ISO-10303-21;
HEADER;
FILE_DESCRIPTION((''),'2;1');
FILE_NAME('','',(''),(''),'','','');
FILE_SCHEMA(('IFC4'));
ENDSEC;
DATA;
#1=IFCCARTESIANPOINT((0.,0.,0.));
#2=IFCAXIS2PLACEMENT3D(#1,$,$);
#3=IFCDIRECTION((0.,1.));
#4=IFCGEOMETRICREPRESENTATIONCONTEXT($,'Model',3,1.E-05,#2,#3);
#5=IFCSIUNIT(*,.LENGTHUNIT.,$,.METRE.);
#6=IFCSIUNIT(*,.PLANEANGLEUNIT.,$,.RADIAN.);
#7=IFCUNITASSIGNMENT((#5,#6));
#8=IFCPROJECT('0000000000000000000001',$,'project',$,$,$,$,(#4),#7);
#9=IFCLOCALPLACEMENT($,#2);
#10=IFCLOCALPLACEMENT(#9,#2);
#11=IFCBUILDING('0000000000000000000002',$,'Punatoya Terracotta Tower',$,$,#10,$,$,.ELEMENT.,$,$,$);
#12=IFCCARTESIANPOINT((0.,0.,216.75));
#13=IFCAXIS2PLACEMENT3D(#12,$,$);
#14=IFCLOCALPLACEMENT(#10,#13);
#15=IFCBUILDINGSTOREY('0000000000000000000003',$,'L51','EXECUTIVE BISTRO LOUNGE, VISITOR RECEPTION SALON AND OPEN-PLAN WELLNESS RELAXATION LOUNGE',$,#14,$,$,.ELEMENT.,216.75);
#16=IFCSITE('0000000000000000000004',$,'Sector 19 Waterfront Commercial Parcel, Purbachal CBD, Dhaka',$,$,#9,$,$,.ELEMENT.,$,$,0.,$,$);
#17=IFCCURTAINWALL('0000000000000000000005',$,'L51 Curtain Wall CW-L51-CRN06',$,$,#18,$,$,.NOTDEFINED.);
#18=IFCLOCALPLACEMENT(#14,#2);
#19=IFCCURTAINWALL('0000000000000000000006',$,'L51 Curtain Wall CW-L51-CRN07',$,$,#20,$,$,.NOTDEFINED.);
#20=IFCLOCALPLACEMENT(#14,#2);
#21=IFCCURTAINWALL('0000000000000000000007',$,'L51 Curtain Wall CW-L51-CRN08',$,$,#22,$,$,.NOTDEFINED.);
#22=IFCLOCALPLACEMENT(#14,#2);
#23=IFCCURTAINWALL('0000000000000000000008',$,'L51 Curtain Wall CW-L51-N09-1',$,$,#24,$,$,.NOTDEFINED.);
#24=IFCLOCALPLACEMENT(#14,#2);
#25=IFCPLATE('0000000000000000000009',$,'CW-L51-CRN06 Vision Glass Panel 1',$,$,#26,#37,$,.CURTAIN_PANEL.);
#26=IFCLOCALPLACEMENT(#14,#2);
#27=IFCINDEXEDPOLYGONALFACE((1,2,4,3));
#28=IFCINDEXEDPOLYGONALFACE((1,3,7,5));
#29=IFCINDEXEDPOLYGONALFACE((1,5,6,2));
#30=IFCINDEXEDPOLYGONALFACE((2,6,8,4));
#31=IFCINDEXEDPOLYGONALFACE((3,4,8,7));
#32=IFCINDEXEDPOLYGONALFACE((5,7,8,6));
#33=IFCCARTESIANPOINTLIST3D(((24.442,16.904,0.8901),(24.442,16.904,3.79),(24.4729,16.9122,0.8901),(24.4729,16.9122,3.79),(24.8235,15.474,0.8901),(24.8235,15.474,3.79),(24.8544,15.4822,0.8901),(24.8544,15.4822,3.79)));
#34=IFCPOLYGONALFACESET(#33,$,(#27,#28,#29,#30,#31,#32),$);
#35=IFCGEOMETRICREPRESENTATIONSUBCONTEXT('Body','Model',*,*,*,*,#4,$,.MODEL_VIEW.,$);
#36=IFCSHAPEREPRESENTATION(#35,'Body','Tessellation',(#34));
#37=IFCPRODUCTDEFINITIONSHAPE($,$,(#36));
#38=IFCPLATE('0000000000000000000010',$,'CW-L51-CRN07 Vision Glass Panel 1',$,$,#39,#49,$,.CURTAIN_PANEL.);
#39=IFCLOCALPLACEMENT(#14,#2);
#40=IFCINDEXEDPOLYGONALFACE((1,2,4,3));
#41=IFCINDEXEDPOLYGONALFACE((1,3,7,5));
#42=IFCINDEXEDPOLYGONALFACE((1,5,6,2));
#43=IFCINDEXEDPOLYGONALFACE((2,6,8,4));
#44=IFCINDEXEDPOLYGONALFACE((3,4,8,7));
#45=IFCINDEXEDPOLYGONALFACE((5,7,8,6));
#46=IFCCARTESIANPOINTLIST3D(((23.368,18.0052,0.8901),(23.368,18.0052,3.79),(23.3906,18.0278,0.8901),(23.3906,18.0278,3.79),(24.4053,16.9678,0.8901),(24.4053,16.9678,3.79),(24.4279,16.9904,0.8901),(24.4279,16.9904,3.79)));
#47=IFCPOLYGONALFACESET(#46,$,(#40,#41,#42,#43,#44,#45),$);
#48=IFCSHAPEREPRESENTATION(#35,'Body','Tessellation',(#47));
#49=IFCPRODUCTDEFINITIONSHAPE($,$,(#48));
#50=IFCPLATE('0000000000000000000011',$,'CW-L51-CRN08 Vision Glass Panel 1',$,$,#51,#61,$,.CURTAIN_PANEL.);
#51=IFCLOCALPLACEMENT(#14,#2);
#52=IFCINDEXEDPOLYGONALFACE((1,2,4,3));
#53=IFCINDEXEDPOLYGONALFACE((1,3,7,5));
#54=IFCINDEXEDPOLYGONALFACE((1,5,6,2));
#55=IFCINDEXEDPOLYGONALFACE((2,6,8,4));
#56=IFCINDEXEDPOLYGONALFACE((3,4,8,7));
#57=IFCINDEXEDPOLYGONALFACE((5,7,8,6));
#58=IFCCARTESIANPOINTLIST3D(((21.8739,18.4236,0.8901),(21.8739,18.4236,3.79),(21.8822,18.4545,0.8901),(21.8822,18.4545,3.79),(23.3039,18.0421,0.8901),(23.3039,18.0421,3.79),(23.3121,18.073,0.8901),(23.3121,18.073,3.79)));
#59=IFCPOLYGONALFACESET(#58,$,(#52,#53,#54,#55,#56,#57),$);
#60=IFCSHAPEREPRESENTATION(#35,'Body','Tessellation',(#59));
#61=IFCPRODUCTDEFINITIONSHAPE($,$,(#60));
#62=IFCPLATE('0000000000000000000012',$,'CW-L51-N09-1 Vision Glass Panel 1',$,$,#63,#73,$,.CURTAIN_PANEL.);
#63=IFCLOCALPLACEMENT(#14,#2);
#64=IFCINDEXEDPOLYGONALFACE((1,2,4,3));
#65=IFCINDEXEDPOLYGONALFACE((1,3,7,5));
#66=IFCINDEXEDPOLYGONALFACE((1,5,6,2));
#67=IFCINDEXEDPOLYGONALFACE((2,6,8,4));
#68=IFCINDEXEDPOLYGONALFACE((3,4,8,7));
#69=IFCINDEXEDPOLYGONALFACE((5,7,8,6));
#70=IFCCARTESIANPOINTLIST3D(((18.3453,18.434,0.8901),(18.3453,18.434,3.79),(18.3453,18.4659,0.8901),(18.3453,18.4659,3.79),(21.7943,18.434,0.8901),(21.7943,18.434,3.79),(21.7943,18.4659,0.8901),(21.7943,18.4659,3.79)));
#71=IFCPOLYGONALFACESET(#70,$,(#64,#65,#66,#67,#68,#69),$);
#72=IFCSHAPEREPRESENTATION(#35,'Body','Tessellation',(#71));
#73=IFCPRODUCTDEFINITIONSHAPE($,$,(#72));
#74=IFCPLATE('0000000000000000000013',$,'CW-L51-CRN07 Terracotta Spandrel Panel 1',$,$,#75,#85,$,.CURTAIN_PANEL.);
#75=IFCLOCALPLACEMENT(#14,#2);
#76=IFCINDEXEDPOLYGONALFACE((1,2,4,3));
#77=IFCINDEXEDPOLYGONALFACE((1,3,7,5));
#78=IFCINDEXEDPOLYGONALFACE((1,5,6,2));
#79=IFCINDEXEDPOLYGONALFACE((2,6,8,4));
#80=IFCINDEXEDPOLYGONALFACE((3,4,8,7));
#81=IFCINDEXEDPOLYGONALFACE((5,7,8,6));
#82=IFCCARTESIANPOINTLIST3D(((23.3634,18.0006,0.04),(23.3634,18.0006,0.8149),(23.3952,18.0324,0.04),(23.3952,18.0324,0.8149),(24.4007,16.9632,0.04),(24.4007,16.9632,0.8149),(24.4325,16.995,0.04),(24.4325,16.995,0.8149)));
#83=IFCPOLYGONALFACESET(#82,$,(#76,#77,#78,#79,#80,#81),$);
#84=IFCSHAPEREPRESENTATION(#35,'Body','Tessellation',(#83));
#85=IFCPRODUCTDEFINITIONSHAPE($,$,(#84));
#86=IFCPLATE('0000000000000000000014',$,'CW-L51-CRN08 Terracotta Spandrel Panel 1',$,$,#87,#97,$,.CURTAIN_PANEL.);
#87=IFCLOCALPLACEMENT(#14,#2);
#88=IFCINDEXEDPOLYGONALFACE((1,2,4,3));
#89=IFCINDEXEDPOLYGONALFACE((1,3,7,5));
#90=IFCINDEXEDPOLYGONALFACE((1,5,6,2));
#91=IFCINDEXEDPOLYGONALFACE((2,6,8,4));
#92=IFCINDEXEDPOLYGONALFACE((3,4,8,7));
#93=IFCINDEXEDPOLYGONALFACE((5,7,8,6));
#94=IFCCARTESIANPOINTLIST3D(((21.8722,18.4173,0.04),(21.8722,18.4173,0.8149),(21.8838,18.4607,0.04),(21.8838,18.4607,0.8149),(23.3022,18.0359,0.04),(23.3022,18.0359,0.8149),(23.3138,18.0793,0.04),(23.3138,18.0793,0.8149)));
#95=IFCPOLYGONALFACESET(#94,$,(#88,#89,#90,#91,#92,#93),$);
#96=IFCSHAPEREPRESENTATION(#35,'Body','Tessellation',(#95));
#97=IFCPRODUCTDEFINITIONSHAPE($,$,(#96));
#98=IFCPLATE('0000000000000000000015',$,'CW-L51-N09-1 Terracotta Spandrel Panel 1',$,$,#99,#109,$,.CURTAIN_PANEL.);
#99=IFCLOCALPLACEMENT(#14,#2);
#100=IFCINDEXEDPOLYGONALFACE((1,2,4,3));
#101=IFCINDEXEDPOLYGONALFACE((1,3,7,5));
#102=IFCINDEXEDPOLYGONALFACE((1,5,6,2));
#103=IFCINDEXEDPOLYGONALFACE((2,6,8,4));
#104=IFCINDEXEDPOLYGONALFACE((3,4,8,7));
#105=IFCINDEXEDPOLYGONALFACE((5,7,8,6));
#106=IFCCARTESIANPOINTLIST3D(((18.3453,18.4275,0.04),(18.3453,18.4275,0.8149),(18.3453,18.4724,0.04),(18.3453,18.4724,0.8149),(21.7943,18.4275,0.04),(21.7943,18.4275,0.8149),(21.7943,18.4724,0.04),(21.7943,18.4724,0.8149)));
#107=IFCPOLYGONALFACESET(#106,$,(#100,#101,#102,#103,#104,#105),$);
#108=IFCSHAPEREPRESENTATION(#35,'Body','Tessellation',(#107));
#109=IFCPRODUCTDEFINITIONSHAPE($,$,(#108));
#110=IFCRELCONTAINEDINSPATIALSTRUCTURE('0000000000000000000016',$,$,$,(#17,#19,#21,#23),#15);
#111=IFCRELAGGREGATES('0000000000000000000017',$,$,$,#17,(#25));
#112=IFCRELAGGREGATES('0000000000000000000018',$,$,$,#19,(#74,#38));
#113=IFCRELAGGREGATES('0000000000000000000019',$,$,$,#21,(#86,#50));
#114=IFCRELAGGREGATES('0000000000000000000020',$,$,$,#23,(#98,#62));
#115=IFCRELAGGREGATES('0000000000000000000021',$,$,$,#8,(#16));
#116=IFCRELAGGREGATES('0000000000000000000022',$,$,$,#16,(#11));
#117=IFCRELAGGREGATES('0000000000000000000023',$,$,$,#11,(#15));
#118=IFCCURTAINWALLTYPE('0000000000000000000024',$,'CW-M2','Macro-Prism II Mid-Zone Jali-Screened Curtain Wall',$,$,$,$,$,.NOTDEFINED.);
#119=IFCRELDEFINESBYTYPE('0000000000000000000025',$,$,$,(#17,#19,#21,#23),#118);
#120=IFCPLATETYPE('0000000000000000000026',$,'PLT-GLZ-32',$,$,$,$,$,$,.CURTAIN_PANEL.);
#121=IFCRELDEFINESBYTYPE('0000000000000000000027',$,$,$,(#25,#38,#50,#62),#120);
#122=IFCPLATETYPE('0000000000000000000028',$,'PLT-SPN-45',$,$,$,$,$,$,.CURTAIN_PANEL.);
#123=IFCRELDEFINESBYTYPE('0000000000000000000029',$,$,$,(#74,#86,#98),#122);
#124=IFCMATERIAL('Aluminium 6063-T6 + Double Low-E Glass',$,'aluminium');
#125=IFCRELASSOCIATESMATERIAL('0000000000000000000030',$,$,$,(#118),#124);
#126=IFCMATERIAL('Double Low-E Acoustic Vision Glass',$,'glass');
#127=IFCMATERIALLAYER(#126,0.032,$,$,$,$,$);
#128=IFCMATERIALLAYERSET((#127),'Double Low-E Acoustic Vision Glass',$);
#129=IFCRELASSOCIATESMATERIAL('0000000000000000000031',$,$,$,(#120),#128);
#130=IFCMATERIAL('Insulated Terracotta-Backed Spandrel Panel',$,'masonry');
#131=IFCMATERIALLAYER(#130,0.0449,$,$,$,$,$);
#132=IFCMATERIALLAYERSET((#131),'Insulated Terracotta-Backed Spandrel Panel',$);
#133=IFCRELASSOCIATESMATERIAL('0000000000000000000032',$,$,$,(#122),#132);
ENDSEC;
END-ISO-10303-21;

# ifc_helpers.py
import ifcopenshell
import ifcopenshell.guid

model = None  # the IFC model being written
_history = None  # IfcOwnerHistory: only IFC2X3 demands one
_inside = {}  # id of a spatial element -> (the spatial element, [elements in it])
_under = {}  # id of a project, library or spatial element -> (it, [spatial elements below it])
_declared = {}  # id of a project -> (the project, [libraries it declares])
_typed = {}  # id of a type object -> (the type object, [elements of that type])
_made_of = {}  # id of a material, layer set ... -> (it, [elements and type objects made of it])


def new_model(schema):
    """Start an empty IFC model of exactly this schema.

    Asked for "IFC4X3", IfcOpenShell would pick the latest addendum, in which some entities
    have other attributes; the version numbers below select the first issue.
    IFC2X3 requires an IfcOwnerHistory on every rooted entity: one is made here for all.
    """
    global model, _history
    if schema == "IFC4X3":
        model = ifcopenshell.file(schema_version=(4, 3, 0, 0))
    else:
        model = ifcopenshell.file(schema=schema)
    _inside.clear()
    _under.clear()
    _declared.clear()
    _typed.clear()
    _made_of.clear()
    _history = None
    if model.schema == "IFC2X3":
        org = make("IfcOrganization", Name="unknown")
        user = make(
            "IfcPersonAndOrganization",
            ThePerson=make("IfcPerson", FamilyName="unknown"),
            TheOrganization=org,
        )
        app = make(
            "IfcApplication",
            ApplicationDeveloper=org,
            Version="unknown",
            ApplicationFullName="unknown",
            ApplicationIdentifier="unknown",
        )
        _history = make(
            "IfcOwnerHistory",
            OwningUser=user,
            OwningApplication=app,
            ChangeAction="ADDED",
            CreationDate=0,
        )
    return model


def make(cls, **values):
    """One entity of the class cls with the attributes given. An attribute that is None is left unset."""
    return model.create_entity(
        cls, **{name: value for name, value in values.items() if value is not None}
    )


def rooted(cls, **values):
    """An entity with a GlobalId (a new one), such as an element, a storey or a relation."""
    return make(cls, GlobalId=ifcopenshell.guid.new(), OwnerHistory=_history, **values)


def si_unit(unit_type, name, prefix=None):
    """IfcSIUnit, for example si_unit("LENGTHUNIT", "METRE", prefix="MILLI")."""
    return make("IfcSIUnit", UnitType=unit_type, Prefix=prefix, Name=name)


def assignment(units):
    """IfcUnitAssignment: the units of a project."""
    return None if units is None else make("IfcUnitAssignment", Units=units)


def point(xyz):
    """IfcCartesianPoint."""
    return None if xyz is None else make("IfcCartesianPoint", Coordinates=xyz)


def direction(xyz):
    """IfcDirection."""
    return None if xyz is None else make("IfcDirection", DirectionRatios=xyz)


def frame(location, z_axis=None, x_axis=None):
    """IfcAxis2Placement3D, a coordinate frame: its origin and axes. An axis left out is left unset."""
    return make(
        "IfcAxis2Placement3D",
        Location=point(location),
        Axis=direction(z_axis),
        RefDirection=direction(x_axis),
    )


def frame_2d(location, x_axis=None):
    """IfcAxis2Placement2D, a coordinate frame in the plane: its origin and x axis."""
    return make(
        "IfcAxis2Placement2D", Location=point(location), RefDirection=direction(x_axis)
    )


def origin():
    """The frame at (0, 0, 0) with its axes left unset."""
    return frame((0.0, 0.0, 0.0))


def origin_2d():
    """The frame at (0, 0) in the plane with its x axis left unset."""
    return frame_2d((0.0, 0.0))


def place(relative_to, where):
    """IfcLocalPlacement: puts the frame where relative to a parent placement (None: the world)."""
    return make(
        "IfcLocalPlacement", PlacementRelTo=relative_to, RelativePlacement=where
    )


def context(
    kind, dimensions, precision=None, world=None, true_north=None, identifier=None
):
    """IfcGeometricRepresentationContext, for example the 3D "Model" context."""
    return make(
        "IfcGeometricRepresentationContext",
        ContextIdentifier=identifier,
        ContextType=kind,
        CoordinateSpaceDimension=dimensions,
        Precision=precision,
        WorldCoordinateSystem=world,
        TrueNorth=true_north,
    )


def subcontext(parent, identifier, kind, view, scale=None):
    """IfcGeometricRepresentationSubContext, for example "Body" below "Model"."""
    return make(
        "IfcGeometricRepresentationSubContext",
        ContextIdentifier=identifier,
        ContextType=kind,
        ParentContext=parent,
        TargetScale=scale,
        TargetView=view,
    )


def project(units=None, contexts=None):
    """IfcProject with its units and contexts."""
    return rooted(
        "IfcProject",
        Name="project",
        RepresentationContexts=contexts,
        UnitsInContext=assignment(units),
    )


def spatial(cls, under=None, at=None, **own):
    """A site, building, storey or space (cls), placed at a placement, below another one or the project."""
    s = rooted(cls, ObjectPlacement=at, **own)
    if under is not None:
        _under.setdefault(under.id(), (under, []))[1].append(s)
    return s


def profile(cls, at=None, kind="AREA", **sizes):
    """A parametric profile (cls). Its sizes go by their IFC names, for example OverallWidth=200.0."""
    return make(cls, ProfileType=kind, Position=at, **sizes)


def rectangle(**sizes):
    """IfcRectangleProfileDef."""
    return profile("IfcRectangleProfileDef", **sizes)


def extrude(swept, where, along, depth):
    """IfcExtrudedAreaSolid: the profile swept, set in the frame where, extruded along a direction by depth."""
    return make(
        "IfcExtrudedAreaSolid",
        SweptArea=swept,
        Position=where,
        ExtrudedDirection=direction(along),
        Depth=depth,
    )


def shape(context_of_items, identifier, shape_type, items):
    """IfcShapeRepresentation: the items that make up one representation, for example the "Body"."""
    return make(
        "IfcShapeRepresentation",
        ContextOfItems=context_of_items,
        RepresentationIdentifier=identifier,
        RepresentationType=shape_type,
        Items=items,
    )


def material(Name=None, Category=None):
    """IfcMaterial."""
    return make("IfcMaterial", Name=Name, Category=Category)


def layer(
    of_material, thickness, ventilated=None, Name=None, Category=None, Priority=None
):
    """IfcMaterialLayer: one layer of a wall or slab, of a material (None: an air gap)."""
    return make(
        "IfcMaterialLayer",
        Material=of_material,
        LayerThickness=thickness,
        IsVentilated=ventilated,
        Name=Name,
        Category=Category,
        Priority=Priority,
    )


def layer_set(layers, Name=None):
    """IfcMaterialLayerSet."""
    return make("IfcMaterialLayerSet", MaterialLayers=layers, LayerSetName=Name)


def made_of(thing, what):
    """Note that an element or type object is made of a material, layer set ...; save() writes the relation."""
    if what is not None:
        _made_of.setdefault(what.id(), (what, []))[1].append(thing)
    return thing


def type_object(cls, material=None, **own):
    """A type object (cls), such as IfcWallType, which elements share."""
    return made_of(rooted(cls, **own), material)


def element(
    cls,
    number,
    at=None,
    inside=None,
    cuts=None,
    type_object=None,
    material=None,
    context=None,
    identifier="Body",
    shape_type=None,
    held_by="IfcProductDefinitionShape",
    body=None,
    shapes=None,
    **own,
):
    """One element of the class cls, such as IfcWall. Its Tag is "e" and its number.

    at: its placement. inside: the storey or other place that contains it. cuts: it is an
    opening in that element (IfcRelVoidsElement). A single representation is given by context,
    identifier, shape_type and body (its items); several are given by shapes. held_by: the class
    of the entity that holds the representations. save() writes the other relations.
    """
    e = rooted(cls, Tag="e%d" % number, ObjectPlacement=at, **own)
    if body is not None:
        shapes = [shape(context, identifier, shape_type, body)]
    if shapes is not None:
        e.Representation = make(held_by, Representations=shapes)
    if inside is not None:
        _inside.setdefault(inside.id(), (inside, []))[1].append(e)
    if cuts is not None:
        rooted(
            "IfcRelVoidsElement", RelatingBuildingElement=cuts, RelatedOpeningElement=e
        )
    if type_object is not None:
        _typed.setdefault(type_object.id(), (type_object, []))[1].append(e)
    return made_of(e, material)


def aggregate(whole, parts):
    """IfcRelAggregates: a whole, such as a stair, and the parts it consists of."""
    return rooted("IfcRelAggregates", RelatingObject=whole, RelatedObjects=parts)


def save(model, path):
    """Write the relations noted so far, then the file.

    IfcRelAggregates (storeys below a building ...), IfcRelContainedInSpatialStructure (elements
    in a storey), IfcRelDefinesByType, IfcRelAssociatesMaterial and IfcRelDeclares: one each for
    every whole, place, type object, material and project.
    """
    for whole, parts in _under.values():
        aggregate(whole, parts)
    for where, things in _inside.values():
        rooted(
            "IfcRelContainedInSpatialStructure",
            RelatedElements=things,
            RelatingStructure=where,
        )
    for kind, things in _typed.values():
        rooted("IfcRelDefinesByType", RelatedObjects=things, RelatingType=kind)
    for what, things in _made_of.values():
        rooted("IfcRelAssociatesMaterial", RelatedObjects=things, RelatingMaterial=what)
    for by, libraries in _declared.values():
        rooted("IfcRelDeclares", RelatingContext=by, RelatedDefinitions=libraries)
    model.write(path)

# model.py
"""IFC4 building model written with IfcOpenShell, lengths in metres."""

from ifc_helpers import new_model, si_unit, direction, frame, origin, origin_2d, place, context, subcontext, project, spatial, rectangle, extrude, material, layer, layer_set, type_object, element, aggregate, save


model = new_model("IFC4")

# Units and contexts
model_context = context("Model", 3, precision=1e-05, world=origin(), true_north=direction((0.0, 1.0)))
body_context = subcontext(model_context, "Body", "Model", "MODEL_VIEW")
ifc_project = project(units=[si_unit("LENGTHUNIT", "METRE"), si_unit("PLANEANGLEUNIT", "RADIAN")], contexts=[model_context])

# Site, building, storey
site_placement = place(None, origin())
site = spatial("IfcSite", under=ifc_project, at=site_placement, Name="Sector 19 Waterfront Commercial Parcel, Purbachal CBD, Dhaka", CompositionType="ELEMENT", RefElevation=0.0)
building_placement = place(site_placement, origin())
building = spatial("IfcBuilding", under=site, at=building_placement, Name="Punatoya Terracotta Tower", CompositionType="ELEMENT")
storey_placement = place(building_placement, frame((0.0, 0.0, 216.75)))
storey = spatial("IfcBuildingStorey", under=building, at=storey_placement, Name="L51", Description="EXECUTIVE BISTRO LOUNGE, VISITOR RECEPTION SALON AND OPEN-PLAN WELLNESS RELAXATION LOUNGE", CompositionType="ELEMENT", Elevation=216.75)

# Curtain wall
ifc_material_1 = material(Name="Aluminium 6063-T6 + Double Low-E Glass", Category="aluminium")
curtain_wall_type = type_object("IfcCurtainWallType", Name="CW-M2", Description="Macro-Prism II Mid-Zone Jali-Screened Curtain Wall", PredefinedType="NOTDEFINED", material=ifc_material_1)
curtain_wall_1_placement = place(storey_placement, origin())
curtain_wall_1 = element("IfcCurtainWall", 1, at=curtain_wall_1_placement, inside=storey, type_object=curtain_wall_type, Name="L51 Curtain Wall CW-L51-CRN06", PredefinedType="NOTDEFINED")

# Curtain walls
curtain_wall_2_placement = place(storey_placement, origin())
curtain_wall_2 = element("IfcCurtainWall", 2, at=curtain_wall_2_placement, inside=storey, type_object=curtain_wall_type, Name="L51 Curtain Wall CW-L51-CRN07", PredefinedType="NOTDEFINED")
curtain_wall_3_placement = place(storey_placement, origin())
curtain_wall_3 = element("IfcCurtainWall", 3, at=curtain_wall_3_placement, inside=storey, type_object=curtain_wall_type, Name="L51 Curtain Wall CW-L51-CRN08", PredefinedType="NOTDEFINED")

# Curtain wall
curtain_wall_4_placement = place(storey_placement, origin())
curtain_wall_4 = element("IfcCurtainWall", 4, at=curtain_wall_4_placement, inside=storey, type_object=curtain_wall_type, Name="L51 Curtain Wall CW-L51-N09-1", PredefinedType="NOTDEFINED")

# Plates
ifc_material_2 = material(Name="Double Low-E Acoustic Vision Glass", Category="glass")
ifc_layer_1 = layer(ifc_material_2, 0.032)
ifc_layer_set_1 = layer_set([ifc_layer_1], Name="Double Low-E Acoustic Vision Glass")
plate_type_1 = type_object("IfcPlateType", Name="PLT-GLZ-32", PredefinedType="CURTAIN_PANEL", material=ifc_layer_set_1)
plate_1_placement = place(storey_placement, frame((24.6482, 16.1931, 0.8901), z_axis=(0.0, 0.0, 1.0), x_axis=(-0.257742, 0.966214, 0.0)))
plate_1 = element("IfcPlate", 5, at=plate_1_placement, type_object=plate_type_1, Name="CW-L51-CRN06 Vision Glass Panel 1", PredefinedType="CURTAIN_PANEL", context=body_context, shape_type="SweptSolid", body=[
    extrude(rectangle(XDim=1.48, YDim=0.032, at=origin_2d()), origin(), (0.0, 0.0, 1.0), 2.8999),
])
aggregate(curtain_wall_1, [plate_1])
plate_2_placement = place(storey_placement, frame((23.8979, 17.4978, 0.8901), z_axis=(0.0, 0.0, 1.0), x_axis=(-0.707107, 0.707107, 0.0)))
plate_2 = element("IfcPlate", 6, at=plate_2_placement, type_object=plate_type_1, Name="CW-L51-CRN07 Vision Glass Panel 1", PredefinedType="CURTAIN_PANEL", context=body_context, shape_type="SweptSolid", body=[
    extrude(rectangle(XDim=1.467, YDim=0.032, at=origin_2d()), origin(), (0.0, 0.0, 1.0), 2.8999),
])
plate_3_placement = place(storey_placement, frame((22.593, 18.2483, 0.8901), z_axis=(0.0, 0.0, 1.0), x_axis=(-0.966214, 0.257742, 0.0)))
plate_3 = element("IfcPlate", 7, at=plate_3_placement, type_object=plate_type_1, Name="CW-L51-CRN08 Vision Glass Panel 1", PredefinedType="CURTAIN_PANEL", context=body_context, shape_type="SweptSolid", body=[
    extrude(rectangle(XDim=1.48, YDim=0.032, at=origin_2d()), origin(), (0.0, 0.0, 1.0), 2.8999),
])
plate_4_placement = place(storey_placement, frame((20.0698, 18.45, 0.8901), z_axis=(0.0, 0.0, 1.0), x_axis=(-1.0, 0.0, 0.0)))
plate_4 = element("IfcPlate", 8, at=plate_4_placement, type_object=plate_type_1, Name="CW-L51-N09-1 Vision Glass Panel 1", PredefinedType="CURTAIN_PANEL", context=body_context, shape_type="SweptSolid", body=[
    extrude(rectangle(XDim=3.449, YDim=0.032, at=origin_2d()), origin(), (0.0, 0.0, 1.0), 2.8999),
])
ifc_material_3 = material(Name="Insulated Terracotta-Backed Spandrel Panel", Category="masonry")
ifc_layer_2 = layer(ifc_material_3, 0.0449)
ifc_layer_set_2 = layer_set([ifc_layer_2], Name="Insulated Terracotta-Backed Spandrel Panel")
plate_type_2 = type_object("IfcPlateType", Name="PLT-SPN-45", PredefinedType="CURTAIN_PANEL", material=ifc_layer_set_2)
plate_5_placement = place(storey_placement, frame((23.8979, 17.4978, 0.04), z_axis=(0.0, 0.0, 1.0), x_axis=(-0.707107, 0.707107, 0.0)))
plate_5 = element("IfcPlate", 9, at=plate_5_placement, type_object=plate_type_2, Name="CW-L51-CRN07 Terracotta Spandrel Panel 1", PredefinedType="CURTAIN_PANEL", context=body_context, shape_type="SweptSolid", body=[
    extrude(rectangle(XDim=1.467, YDim=0.0449, at=origin_2d()), origin(), (0.0, 0.0, 1.0), 0.7749),
])
aggregate(curtain_wall_2, [plate_5, plate_2])
plate_6_placement = place(storey_placement, frame((22.593, 18.2483, 0.04), z_axis=(0.0, 0.0, 1.0), x_axis=(-0.966214, 0.257742, 0.0)))
plate_6 = element("IfcPlate", 10, at=plate_6_placement, type_object=plate_type_2, Name="CW-L51-CRN08 Terracotta Spandrel Panel 1", PredefinedType="CURTAIN_PANEL", context=body_context, shape_type="SweptSolid", body=[
    extrude(rectangle(XDim=1.48, YDim=0.0449, at=origin_2d()), origin(), (0.0, 0.0, 1.0), 0.7749),
])
aggregate(curtain_wall_3, [plate_6, plate_3])
plate_7_placement = place(storey_placement, frame((20.0698, 18.45, 0.04), z_axis=(0.0, 0.0, 1.0), x_axis=(-1.0, 0.0, 0.0)))
plate_7 = element("IfcPlate", 11, at=plate_7_placement, type_object=plate_type_2, Name="CW-L51-N09-1 Terracotta Spandrel Panel 1", PredefinedType="CURTAIN_PANEL", context=body_context, shape_type="SweptSolid", body=[
    extrude(rectangle(XDim=3.449, YDim=0.0449, at=origin_2d()), origin(), (0.0, 0.0, 1.0), 0.7749),
])
aggregate(curtain_wall_4, [plate_7, plate_4])

save(model, "model.ifc")
